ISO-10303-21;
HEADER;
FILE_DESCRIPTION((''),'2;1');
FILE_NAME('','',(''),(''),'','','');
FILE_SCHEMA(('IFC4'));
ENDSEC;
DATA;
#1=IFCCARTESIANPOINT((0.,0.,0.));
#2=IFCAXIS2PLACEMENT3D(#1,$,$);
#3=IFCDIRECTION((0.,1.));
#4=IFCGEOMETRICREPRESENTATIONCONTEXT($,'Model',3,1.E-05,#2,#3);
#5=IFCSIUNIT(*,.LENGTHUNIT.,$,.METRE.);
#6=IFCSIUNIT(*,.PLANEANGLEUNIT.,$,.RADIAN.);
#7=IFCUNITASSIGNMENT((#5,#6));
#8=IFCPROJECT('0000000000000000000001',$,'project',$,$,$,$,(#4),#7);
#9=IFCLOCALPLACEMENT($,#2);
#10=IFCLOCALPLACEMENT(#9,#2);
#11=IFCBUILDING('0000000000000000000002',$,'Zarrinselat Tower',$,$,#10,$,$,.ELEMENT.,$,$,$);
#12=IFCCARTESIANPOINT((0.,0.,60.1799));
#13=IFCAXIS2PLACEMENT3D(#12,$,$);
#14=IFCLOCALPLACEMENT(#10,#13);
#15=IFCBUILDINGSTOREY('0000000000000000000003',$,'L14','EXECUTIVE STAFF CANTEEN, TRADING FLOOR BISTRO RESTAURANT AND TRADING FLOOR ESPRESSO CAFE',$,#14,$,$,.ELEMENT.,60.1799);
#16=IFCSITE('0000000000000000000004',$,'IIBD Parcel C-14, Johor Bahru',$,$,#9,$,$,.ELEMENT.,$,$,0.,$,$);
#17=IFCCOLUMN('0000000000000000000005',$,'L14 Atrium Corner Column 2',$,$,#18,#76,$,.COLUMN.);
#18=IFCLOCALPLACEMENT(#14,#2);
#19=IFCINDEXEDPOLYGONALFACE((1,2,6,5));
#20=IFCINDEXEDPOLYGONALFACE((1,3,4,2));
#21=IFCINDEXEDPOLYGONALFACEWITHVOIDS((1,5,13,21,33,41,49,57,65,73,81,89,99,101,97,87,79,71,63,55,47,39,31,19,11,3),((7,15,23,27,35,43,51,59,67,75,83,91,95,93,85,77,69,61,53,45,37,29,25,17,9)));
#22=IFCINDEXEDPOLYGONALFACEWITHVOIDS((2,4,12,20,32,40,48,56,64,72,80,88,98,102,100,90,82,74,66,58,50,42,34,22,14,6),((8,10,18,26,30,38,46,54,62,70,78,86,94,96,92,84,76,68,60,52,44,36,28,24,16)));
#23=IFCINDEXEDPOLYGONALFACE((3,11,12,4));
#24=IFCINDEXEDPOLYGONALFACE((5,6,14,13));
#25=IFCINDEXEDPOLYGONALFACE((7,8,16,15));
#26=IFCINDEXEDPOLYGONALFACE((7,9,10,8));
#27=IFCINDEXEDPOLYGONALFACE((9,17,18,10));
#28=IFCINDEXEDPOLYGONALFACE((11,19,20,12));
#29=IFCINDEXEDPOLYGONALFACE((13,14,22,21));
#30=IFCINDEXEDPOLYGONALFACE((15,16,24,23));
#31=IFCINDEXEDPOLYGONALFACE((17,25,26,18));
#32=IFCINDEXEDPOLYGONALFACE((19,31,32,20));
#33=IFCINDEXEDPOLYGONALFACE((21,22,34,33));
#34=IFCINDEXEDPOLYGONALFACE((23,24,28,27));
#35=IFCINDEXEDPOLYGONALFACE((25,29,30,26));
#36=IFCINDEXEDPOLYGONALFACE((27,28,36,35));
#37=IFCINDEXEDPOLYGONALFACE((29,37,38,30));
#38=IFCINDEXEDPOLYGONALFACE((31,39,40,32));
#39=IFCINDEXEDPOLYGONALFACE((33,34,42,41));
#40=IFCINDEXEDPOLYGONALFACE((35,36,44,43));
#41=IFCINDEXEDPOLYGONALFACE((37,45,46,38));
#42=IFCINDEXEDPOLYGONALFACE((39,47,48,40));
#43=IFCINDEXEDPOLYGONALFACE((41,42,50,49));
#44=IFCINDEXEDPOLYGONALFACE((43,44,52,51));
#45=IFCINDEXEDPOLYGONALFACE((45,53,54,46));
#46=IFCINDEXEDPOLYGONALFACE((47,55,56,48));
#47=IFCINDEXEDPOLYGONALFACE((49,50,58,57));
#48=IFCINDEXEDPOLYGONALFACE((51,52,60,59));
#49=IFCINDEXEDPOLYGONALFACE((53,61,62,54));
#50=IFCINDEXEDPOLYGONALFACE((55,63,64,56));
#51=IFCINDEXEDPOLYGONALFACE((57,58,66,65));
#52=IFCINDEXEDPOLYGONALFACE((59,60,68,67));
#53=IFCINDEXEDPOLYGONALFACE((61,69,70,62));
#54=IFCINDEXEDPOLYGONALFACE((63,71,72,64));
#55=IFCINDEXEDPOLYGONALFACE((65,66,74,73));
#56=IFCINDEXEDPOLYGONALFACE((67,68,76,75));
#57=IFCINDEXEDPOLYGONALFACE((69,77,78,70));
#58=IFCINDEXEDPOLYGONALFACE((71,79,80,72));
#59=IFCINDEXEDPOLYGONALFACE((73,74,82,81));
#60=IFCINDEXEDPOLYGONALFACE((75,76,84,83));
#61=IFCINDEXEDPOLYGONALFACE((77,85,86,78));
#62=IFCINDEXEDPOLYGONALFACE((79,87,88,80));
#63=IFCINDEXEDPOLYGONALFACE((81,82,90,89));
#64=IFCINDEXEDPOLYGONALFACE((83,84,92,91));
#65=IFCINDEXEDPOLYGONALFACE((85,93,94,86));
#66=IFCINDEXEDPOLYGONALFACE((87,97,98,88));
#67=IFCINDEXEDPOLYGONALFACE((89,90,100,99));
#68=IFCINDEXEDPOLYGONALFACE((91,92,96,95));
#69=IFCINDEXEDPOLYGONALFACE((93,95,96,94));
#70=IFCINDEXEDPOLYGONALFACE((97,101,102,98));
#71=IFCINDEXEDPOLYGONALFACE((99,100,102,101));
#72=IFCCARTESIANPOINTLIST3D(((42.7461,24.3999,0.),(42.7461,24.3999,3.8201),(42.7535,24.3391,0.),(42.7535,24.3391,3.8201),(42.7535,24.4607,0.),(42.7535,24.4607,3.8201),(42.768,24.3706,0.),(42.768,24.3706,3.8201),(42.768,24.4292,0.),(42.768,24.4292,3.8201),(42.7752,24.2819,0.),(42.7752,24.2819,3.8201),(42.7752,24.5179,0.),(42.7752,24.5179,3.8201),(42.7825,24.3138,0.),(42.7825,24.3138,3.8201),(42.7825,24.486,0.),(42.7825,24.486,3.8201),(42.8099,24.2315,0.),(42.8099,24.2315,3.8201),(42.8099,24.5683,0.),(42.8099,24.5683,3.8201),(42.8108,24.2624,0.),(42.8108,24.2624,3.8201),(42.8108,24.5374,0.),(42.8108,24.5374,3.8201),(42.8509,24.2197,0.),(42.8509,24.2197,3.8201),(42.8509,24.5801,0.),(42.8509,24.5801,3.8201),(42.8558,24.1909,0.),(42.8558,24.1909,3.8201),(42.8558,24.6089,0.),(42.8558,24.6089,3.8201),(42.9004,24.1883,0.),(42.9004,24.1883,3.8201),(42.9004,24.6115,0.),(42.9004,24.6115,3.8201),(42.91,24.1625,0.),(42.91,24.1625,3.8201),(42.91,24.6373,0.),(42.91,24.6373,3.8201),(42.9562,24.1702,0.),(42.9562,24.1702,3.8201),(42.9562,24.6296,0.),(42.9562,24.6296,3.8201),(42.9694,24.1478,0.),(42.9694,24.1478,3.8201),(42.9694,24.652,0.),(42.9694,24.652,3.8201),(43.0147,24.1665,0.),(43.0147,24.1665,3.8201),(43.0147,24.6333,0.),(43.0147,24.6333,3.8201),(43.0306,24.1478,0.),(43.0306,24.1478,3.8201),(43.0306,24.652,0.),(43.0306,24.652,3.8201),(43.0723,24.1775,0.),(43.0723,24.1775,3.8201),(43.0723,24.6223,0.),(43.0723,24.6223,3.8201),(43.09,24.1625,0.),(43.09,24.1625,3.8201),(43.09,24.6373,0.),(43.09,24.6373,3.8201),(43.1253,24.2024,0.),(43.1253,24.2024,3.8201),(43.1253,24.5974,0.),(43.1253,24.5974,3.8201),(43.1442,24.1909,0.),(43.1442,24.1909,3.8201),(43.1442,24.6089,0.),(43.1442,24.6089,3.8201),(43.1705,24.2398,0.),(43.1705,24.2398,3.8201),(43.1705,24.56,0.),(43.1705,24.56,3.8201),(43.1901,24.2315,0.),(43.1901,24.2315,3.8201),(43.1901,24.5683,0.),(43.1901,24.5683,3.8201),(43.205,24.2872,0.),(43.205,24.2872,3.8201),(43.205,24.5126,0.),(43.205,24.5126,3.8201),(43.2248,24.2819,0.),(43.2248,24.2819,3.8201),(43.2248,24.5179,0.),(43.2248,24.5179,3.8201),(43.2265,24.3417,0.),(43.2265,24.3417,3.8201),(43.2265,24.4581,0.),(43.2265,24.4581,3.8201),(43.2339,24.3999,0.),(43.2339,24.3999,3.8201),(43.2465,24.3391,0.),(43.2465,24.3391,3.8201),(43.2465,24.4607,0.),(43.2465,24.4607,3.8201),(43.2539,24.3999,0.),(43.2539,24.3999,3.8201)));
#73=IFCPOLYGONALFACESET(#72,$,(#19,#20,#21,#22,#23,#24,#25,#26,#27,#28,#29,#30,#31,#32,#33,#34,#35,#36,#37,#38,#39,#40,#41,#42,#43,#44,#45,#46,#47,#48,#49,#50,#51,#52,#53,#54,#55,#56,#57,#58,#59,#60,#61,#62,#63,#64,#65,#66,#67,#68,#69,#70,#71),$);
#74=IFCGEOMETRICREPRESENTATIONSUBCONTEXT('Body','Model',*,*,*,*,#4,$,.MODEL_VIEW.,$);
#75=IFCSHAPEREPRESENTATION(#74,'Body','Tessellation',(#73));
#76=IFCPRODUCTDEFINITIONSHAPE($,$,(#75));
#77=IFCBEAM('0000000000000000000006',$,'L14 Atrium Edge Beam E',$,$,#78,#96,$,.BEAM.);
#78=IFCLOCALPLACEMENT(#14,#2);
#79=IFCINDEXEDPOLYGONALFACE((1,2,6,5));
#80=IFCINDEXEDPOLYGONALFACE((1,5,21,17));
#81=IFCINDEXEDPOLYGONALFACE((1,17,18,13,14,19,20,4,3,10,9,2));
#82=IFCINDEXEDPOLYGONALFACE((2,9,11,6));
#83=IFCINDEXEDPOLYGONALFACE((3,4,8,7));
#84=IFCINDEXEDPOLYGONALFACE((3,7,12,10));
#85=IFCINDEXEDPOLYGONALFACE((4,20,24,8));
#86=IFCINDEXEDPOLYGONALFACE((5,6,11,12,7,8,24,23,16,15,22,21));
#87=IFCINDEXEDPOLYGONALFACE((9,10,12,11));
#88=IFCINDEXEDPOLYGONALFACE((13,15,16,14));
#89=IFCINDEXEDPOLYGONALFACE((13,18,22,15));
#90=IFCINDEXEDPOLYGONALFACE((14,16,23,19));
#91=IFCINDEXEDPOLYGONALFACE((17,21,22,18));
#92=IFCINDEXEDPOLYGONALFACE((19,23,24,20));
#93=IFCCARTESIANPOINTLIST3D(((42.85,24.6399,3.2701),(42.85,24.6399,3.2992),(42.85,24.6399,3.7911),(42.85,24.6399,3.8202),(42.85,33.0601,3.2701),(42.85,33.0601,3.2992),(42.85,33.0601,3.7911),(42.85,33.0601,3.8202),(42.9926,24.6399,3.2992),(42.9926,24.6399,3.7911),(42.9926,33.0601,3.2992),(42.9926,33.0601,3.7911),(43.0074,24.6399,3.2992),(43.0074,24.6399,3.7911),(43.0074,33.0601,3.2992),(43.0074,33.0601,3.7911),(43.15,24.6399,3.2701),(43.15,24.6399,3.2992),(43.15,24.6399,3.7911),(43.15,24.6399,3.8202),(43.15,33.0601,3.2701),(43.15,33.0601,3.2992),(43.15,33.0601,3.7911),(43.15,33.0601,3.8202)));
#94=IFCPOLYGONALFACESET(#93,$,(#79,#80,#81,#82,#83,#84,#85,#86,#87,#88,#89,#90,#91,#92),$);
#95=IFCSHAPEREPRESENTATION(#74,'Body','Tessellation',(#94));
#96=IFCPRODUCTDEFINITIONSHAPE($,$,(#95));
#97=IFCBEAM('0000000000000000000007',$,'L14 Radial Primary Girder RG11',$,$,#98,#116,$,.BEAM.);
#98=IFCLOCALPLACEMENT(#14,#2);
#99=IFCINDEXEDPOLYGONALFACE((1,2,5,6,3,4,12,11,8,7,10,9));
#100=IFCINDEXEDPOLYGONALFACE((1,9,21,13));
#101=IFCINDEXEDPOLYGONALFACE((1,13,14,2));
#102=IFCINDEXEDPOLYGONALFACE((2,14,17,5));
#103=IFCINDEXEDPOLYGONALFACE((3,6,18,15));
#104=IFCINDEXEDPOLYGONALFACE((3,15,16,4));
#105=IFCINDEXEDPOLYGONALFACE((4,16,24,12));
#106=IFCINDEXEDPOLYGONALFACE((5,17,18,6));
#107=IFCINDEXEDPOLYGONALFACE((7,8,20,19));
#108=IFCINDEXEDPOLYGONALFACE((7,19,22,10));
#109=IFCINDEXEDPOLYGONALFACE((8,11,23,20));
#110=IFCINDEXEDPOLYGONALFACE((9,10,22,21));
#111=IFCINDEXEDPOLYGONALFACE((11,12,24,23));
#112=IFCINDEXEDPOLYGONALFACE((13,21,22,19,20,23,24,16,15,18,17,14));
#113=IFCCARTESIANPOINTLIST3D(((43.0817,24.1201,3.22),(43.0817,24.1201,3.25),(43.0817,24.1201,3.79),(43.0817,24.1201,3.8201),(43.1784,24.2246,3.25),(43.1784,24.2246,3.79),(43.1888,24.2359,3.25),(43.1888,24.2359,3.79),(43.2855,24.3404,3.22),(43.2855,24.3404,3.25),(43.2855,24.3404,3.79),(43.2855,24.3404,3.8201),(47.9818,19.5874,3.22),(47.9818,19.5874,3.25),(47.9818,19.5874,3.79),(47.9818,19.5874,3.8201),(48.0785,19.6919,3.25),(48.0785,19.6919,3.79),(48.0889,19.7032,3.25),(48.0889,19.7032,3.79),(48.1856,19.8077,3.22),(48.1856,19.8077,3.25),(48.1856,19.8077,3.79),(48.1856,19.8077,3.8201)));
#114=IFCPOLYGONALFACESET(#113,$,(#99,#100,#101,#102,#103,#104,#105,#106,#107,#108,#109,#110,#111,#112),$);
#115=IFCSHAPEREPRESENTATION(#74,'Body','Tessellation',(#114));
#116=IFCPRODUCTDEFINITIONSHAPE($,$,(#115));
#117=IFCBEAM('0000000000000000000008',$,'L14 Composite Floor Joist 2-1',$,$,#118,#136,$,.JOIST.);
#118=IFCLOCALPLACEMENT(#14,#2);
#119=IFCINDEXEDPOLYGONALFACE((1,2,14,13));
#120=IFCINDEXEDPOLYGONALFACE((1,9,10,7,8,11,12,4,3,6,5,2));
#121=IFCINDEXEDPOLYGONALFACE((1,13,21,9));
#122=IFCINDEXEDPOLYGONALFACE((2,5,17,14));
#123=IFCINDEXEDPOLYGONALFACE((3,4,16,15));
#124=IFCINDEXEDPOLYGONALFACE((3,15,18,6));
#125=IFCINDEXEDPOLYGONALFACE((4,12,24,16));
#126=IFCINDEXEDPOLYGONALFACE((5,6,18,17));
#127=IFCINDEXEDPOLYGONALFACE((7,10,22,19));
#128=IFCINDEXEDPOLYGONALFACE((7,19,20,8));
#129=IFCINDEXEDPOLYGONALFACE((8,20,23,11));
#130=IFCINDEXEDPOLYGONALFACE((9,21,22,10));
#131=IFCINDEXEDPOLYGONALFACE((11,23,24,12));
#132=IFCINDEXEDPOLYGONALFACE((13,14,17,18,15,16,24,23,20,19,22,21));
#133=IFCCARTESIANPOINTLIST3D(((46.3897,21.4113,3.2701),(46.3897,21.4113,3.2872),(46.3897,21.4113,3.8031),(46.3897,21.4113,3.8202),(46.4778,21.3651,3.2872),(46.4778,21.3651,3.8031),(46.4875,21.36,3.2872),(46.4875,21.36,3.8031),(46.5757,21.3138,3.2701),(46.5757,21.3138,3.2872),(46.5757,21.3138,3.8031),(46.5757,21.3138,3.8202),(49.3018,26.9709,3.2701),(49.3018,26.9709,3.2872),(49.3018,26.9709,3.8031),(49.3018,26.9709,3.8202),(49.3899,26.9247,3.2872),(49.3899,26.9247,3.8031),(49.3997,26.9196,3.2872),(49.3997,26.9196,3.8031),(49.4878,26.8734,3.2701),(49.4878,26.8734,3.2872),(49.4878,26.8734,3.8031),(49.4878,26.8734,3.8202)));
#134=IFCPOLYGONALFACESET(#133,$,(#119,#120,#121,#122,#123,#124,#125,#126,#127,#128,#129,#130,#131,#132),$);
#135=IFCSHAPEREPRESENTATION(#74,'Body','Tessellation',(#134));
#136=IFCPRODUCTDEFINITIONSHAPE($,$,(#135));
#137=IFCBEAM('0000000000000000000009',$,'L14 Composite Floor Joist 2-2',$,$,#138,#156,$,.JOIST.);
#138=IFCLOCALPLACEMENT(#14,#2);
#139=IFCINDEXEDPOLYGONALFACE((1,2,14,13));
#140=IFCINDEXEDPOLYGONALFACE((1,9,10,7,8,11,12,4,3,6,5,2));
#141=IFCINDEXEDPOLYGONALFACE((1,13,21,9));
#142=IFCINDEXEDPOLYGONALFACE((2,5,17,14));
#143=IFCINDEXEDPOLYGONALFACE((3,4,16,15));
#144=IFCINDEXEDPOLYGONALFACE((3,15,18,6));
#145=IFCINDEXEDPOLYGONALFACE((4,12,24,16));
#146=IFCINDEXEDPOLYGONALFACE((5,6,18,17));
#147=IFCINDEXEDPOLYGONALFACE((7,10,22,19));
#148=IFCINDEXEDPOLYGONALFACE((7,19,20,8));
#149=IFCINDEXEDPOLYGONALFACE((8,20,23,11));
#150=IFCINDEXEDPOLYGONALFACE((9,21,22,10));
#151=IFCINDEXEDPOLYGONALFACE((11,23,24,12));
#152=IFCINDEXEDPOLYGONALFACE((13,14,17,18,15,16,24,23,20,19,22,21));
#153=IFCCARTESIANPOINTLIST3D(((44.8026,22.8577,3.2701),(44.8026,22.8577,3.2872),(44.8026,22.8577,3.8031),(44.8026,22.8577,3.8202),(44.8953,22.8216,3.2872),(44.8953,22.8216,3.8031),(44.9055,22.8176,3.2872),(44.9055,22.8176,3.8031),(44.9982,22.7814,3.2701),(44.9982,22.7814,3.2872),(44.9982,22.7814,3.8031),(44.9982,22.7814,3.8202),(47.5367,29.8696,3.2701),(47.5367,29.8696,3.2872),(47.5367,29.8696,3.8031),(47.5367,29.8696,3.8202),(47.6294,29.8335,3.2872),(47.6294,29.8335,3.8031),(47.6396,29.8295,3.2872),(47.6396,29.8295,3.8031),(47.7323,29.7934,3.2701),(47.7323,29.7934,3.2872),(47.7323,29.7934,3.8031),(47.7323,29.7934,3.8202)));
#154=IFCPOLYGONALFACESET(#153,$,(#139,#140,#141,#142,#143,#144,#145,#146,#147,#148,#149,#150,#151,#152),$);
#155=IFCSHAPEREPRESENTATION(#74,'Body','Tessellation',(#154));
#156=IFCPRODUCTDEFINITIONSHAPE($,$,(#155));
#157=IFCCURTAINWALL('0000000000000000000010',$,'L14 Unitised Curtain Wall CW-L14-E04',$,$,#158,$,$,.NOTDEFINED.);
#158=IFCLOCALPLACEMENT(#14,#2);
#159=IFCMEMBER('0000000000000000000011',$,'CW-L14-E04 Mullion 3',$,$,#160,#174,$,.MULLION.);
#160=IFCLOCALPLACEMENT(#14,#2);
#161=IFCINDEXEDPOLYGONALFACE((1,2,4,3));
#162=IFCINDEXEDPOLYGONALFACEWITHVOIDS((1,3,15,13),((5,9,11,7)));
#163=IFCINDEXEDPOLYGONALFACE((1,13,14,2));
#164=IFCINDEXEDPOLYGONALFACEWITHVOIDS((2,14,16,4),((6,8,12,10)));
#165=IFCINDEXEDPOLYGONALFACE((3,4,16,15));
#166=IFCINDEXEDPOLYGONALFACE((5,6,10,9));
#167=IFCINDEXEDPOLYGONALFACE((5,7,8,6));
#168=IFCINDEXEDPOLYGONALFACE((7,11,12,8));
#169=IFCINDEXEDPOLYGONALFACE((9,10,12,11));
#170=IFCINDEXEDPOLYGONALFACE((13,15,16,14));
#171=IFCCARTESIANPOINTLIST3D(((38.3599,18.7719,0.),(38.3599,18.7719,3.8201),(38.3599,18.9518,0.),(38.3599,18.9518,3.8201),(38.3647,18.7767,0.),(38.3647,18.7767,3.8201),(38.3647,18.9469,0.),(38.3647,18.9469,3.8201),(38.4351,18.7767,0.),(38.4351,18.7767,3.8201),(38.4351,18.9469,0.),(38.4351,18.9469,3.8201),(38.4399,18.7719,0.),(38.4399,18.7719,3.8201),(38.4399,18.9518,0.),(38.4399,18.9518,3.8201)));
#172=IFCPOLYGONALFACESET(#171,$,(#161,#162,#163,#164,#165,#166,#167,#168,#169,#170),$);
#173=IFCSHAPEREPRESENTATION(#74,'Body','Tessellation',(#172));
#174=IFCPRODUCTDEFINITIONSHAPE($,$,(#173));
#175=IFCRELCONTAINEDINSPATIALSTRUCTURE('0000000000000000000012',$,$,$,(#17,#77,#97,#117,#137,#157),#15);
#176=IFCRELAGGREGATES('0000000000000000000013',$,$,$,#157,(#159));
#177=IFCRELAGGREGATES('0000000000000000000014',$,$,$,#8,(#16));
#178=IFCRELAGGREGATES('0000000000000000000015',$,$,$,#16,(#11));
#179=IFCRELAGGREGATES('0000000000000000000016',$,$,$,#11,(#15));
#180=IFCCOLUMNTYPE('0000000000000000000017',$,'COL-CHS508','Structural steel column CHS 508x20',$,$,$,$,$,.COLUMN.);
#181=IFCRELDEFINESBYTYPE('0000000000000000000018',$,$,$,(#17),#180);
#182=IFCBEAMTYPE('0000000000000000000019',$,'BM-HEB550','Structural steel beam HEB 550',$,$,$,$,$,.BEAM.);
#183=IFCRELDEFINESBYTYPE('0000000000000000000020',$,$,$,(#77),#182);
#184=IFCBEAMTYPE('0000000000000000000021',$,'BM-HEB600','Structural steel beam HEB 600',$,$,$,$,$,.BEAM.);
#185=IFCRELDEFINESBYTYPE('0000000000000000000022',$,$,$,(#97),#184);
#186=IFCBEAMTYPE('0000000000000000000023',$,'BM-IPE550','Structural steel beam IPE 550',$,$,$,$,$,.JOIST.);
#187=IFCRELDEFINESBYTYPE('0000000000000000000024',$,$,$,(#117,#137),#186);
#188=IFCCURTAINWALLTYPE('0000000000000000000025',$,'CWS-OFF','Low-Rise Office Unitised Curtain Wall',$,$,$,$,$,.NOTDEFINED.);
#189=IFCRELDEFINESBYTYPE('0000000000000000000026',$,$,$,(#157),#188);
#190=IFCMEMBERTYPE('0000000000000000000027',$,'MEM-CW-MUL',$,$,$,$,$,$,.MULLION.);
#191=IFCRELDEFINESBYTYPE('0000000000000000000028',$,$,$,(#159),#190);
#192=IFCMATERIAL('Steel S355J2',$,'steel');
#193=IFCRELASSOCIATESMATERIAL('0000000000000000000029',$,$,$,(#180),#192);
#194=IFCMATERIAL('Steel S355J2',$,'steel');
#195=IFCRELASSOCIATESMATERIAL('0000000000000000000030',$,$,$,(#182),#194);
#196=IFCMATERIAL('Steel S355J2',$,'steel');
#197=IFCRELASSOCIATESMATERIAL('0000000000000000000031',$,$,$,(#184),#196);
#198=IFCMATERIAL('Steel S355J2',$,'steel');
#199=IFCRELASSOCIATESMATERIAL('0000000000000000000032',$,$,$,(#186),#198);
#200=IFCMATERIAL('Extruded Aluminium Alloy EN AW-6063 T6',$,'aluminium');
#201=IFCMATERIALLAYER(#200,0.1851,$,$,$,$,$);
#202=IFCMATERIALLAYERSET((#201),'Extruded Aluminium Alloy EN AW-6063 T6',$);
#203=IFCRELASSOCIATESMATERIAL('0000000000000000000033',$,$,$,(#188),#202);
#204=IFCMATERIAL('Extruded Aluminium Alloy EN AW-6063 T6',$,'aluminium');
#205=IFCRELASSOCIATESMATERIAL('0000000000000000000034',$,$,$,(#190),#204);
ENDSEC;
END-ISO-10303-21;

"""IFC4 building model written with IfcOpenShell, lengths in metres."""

from ifc_helpers import new_model, si_unit, direction, frame, origin, origin_2d, place, context, subcontext, project, spatial, hollow_rectangle, hollow_circle, i_section, extrude, material, layer, layer_set, material_profile, profile_set, type_object, element, aggregate, save


model = new_model("IFC4")

# Units and contexts
model_context = context("Model", 3, precision=1e-05, world=origin(), true_north=direction((0.0, 1.0)))
body_context = subcontext(model_context, "Body", "Model", "MODEL_VIEW")
ifc_project = project(units=[si_unit("LENGTHUNIT", "METRE"), si_unit("PLANEANGLEUNIT", "RADIAN")], contexts=[model_context])

# Site, building, storey
site_placement = place(None, origin())
site = spatial("IfcSite", under=ifc_project, at=site_placement, Name="IIBD Parcel C-14, Johor Bahru", CompositionType="ELEMENT", RefElevation=0.0)
building_placement = place(site_placement, origin())
building = spatial("IfcBuilding", under=site, at=building_placement, Name="Zarrinselat Tower", CompositionType="ELEMENT")
storey_placement = place(building_placement, frame((0.0, 0.0, 60.1799)))
storey = spatial("IfcBuildingStorey", under=building, at=storey_placement, Name="L14", Description="EXECUTIVE STAFF CANTEEN, TRADING FLOOR BISTRO RESTAURANT AND TRADING FLOOR ESPRESSO CAFE", CompositionType="ELEMENT", Elevation=60.1799)

# Column
ifc_material_1 = material(Name="Steel S355J2", Category="steel")
ifc_material_profile_1 = material_profile(ifc_material_1, hollow_circle(Radius=0.2539, WallThickness=0.02, at=origin_2d()), Name="CHS 508x20")
ifc_profile_set_1 = profile_set([ifc_material_profile_1], Name="Steel S355J2")
column_type = type_object("IfcColumnType", Name="COL-CHS508", Description="Structural steel column CHS 508x20", PredefinedType="COLUMN", material=ifc_profile_set_1)
column_placement = place(storey_placement, frame((43.0, 24.3999, 0.0), z_axis=(0.0, 0.0, 1.0), x_axis=(1.0, 0.0, 0.0)))
element("IfcColumn", 1, at=column_placement, inside=storey, type_object=column_type, Name="L14 Atrium Corner Column 2", PredefinedType="COLUMN", context=body_context, shape_type="SweptSolid", body=[
    extrude(hollow_circle(Radius=0.2539, WallThickness=0.02, at=origin_2d()), origin(), (0.0, 0.0, 1.0), 3.8201),
])

# Beams
ifc_material_2 = material(Name="Steel S355J2", Category="steel")
ifc_material_profile_2 = material_profile(ifc_material_2, i_section(OverallWidth=0.3, OverallDepth=0.55, WebThickness=0.0149, FlangeThickness=0.0291, at=origin_2d()), Name="HEB 550")
ifc_profile_set_2 = profile_set([ifc_material_profile_2], Name="Steel S355J2")
beam_type_1 = type_object("IfcBeamType", Name="BM-HEB550", Description="Structural steel beam HEB 550", PredefinedType="BEAM", material=ifc_profile_set_2)
beam_1_placement = place(storey_placement, frame((43.0, 24.6399, 3.5452), z_axis=(0.0, 1.0, 0.0), x_axis=(-1.0, 0.0, 0.0)))
element("IfcBeam", 2, at=beam_1_placement, inside=storey, type_object=beam_type_1, Name="L14 Atrium Edge Beam E", PredefinedType="BEAM", context=body_context, shape_type="SweptSolid", body=[
    extrude(i_section(OverallWidth=0.3, OverallDepth=0.55, WebThickness=0.0149, FlangeThickness=0.0291, at=origin_2d()), origin(), (0.0, 0.0, 1.0), 8.4202),
])
ifc_material_3 = material(Name="Steel S355J2", Category="steel")
ifc_material_profile_3 = material_profile(ifc_material_3, i_section(OverallWidth=0.3, OverallDepth=0.6001, WebThickness=0.0154, FlangeThickness=0.03, at=origin_2d()), Name="HEB 600")
ifc_profile_set_3 = profile_set([ifc_material_profile_3], Name="Steel S355J2")
beam_type_2 = type_object("IfcBeamType", Name="BM-HEB600", Description="Structural steel beam HEB 600", PredefinedType="BEAM", material=ifc_profile_set_3)
beam_2_placement = place(storey_placement, frame((43.1836, 24.2302, 3.52), z_axis=(0.734094, -0.679048, 0.0), x_axis=(0.679048, 0.734094, 0.0)))
element("IfcBeam", 3, at=beam_2_placement, inside=storey, type_object=beam_type_2, Name="L14 Radial Primary Girder RG11", PredefinedType="BEAM", context=body_context, shape_type="SweptSolid", body=[
    extrude(i_section(OverallWidth=0.3, OverallDepth=0.6001, WebThickness=0.0154, FlangeThickness=0.03, at=origin_2d()), origin(), (0.0, 0.0, 1.0), 6.675),
])
ifc_material_4 = material(Name="Steel S355J2", Category="steel")
ifc_material_profile_4 = material_profile(ifc_material_4, i_section(OverallWidth=0.21, OverallDepth=0.55, WebThickness=0.011, FlangeThickness=0.0171, at=origin_2d()), Name="IPE 550")
ifc_profile_set_4 = profile_set([ifc_material_profile_4], Name="Steel S355J2")
beam_type_3 = type_object("IfcBeamType", Name="BM-IPE550", Description="Structural steel beam IPE 550", PredefinedType="JOIST", material=ifc_profile_set_4)
beam_3_placement = place(storey_placement, frame((46.4827, 21.3625, 3.5452), z_axis=(0.464001, 0.885835, 0.0), x_axis=(-0.885835, 0.464001, 0.0)))
element("IfcBeam", 4, at=beam_3_placement, inside=storey, type_object=beam_type_3, Name="L14 Composite Floor Joist 2-1", PredefinedType="JOIST", context=body_context, shape_type="SweptSolid", body=[
    extrude(i_section(OverallWidth=0.21, OverallDepth=0.55, WebThickness=0.011, FlangeThickness=0.0171, at=origin_2d()), origin(), (0.0, 0.0, 1.0), 6.2761),
])
beam_4_placement = place(storey_placement, frame((44.9004, 22.8196, 3.5452), z_axis=(0.363284, 0.931679, 0.0), x_axis=(-0.931679, 0.363284, 0.0)))
element("IfcBeam", 5, at=beam_4_placement, inside=storey, type_object=beam_type_3, Name="L14 Composite Floor Joist 2-2", PredefinedType="JOIST", context=body_context, shape_type="SweptSolid", body=[
    extrude(i_section(OverallWidth=0.21, OverallDepth=0.55, WebThickness=0.011, FlangeThickness=0.0171, at=origin_2d()), origin(), (0.0, 0.0, 1.0), 7.5261),
])

# Curtain wall, member
ifc_material_5 = material(Name="Extruded Aluminium Alloy EN AW-6063 T6", Category="aluminium")
ifc_layer_1 = layer(ifc_material_5, 0.1851)
ifc_layer_set_1 = layer_set([ifc_layer_1], Name="Extruded Aluminium Alloy EN AW-6063 T6")
curtain_wall_type = type_object("IfcCurtainWallType", Name="CWS-OFF", Description="Low-Rise Office Unitised Curtain Wall", PredefinedType="NOTDEFINED", material=ifc_layer_set_1)
curtain_wall_placement = place(storey_placement, origin())
curtain_wall = element("IfcCurtainWall", 6, at=curtain_wall_placement, inside=storey, type_object=curtain_wall_type, Name="L14 Unitised Curtain Wall CW-L14-E04", PredefinedType="NOTDEFINED")
ifc_material_6 = material(Name="Extruded Aluminium Alloy EN AW-6063 T6", Category="aluminium")
ifc_material_profile_5 = material_profile(ifc_material_6, hollow_rectangle(XDim=0.0801, YDim=0.1799, WallThickness=0.0049, at=origin_2d()), Name="RHS 180x80x5")
ifc_profile_set_5 = profile_set([ifc_material_profile_5], Name="Extruded Aluminium Alloy EN AW-6063 T6")
member_type_1 = type_object("IfcMemberType", Name="MEM-CW-MUL", PredefinedType="MULLION", material=ifc_profile_set_5)
member_1_placement = place(storey_placement, frame((38.3999, 18.8618, 0.0), z_axis=(0.0, 0.0, 1.0), x_axis=(1.0, 0.0, 0.0)))
member_1 = element("IfcMember", 7, at=member_1_placement, type_object=member_type_1, Name="CW-L14-E04 Mullion 3", PredefinedType="MULLION", context=body_context, shape_type="SweptSolid", body=[
    extrude(hollow_rectangle(XDim=0.0801, YDim=0.1799, WallThickness=0.0049, at=origin_2d()), origin(), (0.0, 0.0, 1.0), 3.8201),
])
aggregate(curtain_wall, [member_1])

save(model, "model.ifc")
